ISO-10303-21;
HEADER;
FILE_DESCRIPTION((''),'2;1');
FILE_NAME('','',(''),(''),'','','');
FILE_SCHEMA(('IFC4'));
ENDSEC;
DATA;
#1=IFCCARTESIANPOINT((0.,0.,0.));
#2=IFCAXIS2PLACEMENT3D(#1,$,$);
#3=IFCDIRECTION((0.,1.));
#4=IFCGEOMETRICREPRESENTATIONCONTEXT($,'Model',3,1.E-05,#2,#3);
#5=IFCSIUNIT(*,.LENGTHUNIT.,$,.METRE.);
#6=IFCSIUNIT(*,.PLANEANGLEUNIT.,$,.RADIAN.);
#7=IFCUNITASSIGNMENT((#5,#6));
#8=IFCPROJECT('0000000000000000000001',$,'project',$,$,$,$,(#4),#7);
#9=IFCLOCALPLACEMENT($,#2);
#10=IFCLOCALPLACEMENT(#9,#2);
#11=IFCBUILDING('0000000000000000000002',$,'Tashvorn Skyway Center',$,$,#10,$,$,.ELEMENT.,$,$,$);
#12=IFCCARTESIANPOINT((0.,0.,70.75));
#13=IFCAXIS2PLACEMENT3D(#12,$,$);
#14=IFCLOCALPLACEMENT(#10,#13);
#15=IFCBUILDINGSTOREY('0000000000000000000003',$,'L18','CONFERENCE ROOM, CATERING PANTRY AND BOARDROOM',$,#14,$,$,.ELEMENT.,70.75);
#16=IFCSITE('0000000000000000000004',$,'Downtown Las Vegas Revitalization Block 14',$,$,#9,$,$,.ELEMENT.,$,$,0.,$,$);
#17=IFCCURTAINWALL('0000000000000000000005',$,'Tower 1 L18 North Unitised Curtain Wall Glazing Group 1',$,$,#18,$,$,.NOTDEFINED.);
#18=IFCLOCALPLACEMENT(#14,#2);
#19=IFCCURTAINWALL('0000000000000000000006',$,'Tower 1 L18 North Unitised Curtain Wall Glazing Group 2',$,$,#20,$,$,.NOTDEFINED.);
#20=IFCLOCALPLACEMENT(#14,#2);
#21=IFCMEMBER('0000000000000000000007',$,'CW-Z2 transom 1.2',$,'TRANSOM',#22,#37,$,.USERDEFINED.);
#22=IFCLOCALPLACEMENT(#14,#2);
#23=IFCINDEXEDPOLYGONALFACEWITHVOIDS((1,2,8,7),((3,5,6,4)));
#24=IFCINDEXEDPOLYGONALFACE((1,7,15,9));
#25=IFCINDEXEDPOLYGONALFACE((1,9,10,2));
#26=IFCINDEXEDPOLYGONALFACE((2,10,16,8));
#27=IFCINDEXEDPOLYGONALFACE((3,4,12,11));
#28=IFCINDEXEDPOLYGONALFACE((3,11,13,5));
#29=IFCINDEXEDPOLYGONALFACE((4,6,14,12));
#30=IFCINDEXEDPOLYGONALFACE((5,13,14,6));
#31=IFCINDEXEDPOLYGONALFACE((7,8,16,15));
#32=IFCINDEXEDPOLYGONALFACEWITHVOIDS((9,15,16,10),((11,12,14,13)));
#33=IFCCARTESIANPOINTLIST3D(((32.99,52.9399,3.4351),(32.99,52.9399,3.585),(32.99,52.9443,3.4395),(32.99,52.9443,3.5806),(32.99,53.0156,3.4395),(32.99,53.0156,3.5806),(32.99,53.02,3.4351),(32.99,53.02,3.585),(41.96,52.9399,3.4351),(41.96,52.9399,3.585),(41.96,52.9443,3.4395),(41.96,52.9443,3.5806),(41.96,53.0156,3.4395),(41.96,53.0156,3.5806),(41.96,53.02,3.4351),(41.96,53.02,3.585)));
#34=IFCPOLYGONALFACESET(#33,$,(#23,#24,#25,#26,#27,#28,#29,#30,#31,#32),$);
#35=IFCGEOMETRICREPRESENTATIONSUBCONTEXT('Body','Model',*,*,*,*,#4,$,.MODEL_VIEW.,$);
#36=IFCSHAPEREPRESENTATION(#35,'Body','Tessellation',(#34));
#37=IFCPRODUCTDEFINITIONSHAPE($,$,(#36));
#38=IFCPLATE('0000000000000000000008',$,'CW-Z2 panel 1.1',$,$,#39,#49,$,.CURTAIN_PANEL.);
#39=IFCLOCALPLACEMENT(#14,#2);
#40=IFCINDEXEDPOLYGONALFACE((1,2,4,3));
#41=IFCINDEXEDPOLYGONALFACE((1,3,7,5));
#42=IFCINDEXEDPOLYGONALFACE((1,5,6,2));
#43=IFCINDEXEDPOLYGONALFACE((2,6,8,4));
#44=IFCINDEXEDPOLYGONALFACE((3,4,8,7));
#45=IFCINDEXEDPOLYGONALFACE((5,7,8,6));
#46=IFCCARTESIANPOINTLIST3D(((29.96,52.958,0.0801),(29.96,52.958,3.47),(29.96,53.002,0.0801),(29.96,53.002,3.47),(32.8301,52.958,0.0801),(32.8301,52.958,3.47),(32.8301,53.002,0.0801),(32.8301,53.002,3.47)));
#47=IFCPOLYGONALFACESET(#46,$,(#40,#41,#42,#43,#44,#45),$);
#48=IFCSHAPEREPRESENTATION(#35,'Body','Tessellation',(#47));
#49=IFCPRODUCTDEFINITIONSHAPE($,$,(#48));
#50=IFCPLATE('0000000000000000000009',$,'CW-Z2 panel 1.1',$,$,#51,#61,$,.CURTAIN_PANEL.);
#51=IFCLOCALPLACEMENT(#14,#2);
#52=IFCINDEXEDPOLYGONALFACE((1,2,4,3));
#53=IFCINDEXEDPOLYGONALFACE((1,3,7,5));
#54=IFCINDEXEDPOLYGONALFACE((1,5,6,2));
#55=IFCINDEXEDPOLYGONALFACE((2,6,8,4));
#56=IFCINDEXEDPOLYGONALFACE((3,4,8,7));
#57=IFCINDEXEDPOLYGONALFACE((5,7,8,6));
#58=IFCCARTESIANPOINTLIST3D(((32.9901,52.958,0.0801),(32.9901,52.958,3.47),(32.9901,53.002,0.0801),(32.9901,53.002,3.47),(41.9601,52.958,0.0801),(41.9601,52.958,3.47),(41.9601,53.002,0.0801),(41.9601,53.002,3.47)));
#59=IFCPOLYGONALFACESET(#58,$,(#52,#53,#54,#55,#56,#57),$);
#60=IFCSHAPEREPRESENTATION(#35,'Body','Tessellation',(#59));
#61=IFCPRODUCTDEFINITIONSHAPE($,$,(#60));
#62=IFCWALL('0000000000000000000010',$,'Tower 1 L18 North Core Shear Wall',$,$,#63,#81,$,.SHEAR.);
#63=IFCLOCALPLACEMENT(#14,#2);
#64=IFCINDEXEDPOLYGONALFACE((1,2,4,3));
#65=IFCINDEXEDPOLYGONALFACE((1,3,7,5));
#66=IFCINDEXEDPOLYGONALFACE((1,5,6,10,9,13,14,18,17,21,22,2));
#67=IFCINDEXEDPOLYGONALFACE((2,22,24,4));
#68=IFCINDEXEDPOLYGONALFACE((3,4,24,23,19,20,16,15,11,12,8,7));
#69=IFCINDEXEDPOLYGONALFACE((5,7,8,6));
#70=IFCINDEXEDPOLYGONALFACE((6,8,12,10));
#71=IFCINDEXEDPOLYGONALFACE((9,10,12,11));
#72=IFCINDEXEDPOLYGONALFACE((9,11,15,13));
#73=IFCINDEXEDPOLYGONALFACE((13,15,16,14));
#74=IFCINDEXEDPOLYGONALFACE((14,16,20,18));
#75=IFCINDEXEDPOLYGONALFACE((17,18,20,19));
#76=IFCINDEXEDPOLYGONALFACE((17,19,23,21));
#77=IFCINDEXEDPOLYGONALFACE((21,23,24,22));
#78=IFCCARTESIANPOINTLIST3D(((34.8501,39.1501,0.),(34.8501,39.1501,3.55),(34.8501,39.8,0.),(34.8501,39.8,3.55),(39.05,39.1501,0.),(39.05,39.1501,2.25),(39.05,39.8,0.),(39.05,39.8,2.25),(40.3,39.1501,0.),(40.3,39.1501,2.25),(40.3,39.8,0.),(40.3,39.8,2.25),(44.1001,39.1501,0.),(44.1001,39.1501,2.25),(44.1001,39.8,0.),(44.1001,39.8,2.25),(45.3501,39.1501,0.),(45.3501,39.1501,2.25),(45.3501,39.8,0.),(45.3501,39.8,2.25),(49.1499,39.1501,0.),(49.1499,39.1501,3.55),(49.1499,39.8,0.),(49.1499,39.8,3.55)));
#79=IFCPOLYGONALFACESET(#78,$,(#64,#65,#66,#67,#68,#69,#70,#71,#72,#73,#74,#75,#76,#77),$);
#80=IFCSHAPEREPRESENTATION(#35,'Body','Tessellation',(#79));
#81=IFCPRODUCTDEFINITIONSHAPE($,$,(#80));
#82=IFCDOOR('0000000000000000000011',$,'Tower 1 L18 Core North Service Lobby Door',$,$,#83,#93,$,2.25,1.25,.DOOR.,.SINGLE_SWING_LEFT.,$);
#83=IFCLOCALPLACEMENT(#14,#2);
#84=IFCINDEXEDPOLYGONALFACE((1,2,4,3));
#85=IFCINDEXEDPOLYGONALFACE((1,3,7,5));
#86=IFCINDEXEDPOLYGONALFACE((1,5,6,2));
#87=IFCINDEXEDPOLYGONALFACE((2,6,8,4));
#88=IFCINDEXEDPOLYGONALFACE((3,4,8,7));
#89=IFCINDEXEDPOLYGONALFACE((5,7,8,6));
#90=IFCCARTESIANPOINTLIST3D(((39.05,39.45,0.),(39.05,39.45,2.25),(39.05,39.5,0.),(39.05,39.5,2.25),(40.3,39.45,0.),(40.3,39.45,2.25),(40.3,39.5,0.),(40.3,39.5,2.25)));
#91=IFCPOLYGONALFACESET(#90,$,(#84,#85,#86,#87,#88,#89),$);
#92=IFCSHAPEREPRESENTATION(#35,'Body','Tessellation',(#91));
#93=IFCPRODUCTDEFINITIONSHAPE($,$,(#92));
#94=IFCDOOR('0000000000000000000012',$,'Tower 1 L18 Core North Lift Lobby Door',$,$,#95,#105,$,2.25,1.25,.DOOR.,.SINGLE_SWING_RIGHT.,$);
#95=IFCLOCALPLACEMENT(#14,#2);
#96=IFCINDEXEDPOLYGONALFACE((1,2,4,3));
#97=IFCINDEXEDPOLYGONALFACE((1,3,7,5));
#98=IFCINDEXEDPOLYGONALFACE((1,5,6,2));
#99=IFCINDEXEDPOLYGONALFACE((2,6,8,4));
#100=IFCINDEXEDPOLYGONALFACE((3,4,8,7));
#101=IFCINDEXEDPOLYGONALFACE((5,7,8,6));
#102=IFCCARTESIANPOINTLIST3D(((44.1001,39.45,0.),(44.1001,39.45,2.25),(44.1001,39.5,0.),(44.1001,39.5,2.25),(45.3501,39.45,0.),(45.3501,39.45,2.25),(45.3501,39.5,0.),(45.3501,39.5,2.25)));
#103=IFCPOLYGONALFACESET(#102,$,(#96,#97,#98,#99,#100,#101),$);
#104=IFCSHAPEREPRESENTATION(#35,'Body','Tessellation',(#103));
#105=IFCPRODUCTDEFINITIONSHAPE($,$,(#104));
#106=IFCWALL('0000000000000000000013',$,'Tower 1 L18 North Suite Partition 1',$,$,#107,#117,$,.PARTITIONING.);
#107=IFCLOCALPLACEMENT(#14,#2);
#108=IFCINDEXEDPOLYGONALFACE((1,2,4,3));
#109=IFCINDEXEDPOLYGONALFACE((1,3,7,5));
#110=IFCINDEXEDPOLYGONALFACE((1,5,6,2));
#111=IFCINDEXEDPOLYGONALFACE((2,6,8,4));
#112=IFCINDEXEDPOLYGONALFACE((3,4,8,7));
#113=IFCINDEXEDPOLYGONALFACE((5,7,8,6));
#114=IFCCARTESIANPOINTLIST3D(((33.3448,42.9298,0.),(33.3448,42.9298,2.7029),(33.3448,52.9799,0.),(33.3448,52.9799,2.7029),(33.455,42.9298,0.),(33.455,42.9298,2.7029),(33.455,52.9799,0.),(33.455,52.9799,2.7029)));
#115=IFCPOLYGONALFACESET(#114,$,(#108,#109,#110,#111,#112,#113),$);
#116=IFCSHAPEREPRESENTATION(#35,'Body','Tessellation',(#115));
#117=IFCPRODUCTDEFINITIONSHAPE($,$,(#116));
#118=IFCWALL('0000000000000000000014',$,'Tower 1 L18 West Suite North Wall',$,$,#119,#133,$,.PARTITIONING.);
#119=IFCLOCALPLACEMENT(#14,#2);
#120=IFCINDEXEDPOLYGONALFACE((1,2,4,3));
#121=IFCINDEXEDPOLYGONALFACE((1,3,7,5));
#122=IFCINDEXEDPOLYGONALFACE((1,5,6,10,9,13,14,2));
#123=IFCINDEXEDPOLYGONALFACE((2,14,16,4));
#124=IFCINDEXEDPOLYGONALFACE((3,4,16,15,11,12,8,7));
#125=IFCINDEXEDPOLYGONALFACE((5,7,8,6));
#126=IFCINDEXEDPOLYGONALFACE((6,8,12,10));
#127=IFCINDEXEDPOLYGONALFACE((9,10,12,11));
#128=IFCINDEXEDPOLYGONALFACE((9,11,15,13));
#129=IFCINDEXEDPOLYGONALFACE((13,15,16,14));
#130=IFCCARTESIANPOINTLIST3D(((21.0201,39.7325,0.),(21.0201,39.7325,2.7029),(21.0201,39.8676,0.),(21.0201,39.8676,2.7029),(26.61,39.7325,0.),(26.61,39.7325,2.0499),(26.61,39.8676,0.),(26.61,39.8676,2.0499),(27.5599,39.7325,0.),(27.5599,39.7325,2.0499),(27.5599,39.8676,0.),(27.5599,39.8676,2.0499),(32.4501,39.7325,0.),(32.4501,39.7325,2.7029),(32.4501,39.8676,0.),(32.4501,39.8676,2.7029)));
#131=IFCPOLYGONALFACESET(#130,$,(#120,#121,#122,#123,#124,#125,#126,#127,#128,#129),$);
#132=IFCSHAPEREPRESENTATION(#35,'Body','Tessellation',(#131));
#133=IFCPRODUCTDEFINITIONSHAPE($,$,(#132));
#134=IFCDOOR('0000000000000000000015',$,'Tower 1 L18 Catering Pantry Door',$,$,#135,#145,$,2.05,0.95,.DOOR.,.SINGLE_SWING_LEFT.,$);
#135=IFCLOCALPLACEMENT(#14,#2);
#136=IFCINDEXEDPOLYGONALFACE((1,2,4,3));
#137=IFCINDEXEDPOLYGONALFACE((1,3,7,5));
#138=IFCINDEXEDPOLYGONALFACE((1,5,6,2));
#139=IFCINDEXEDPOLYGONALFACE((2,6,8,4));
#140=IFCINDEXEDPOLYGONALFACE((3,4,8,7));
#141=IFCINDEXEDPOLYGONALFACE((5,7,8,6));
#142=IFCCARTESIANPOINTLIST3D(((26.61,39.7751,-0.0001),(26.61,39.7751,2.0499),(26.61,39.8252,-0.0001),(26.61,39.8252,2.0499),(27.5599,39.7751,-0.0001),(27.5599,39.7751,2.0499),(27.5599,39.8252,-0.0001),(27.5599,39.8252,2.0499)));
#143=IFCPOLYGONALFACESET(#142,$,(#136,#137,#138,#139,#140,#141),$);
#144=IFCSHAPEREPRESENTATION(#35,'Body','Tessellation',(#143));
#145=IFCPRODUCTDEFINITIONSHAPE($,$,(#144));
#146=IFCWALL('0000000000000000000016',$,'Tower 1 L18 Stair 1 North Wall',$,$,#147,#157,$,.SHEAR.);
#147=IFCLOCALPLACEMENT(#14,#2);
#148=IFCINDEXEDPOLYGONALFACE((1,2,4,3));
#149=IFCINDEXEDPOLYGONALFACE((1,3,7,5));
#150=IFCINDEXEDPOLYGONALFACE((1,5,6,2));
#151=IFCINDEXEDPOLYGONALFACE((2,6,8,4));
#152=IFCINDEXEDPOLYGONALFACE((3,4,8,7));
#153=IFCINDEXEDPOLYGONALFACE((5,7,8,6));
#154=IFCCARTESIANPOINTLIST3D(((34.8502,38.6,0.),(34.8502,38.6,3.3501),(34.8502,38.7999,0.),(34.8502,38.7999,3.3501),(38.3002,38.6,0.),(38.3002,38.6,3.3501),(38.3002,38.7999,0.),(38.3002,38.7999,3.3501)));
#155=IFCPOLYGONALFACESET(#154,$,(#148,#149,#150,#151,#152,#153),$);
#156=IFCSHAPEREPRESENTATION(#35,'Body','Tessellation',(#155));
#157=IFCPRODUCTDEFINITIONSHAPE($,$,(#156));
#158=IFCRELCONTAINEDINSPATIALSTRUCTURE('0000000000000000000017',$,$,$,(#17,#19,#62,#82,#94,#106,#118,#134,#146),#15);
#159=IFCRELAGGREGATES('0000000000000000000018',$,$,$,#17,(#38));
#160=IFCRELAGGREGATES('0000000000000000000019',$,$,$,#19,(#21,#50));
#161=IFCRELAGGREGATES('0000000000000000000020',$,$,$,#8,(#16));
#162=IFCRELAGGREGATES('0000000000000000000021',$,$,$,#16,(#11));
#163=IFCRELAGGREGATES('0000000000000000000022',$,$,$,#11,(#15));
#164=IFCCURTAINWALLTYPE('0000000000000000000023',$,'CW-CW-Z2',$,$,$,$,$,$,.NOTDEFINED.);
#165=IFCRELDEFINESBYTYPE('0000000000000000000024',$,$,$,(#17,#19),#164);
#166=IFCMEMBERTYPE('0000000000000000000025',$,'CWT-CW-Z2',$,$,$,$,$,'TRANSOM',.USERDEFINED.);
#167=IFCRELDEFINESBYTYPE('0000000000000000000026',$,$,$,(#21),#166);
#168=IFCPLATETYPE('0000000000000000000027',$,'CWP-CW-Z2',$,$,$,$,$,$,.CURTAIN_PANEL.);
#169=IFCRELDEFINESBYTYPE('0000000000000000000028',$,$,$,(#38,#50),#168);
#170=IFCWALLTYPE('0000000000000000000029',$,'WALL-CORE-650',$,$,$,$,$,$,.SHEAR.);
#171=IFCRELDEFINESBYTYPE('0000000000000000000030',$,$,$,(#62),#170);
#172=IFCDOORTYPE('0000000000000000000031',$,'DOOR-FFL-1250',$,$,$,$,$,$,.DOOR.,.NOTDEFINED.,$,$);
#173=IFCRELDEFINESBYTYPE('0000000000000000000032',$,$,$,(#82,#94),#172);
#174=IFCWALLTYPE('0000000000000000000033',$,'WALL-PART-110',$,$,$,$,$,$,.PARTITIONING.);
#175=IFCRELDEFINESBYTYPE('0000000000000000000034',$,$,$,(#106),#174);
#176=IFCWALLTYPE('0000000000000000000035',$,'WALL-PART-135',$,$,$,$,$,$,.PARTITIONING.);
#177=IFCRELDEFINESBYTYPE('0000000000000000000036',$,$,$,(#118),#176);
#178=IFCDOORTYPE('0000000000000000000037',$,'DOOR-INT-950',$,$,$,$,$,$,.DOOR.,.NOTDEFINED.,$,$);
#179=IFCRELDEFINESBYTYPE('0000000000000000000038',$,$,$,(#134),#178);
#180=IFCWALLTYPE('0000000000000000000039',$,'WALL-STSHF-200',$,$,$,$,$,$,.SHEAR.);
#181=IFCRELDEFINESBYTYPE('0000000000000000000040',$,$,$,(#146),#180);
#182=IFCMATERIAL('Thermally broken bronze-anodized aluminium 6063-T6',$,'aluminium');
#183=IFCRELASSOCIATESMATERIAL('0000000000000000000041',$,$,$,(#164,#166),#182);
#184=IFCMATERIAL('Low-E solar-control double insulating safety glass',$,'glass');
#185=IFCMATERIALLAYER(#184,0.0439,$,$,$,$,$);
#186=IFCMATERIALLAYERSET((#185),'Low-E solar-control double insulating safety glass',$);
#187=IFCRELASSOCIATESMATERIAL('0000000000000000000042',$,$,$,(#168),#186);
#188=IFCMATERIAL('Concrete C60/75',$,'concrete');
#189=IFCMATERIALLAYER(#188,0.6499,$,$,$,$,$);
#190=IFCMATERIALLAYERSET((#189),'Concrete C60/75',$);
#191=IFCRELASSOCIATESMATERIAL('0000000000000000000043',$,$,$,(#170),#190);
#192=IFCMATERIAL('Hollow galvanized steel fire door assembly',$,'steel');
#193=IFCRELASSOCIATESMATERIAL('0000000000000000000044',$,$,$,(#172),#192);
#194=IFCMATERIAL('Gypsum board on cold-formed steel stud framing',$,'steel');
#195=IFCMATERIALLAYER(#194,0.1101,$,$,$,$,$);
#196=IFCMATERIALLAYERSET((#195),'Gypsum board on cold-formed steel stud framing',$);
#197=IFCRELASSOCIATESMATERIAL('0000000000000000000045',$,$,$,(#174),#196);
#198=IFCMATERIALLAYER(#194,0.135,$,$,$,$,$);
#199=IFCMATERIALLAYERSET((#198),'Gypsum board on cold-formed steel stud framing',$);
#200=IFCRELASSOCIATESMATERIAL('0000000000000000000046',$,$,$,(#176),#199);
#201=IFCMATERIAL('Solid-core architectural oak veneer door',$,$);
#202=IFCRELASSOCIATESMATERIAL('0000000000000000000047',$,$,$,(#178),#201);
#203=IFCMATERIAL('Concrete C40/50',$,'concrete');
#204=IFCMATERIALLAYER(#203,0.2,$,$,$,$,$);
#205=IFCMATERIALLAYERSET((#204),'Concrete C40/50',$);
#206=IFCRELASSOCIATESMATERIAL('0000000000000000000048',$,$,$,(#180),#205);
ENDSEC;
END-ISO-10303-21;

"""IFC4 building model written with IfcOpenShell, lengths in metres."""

from ifc_helpers import new_model, si_unit, direction, frame, frame_2d, origin, origin_2d, place, context, subcontext, project, spatial, rectangle, hollow_rectangle, extrude, material, layer, layer_set, material_profile, profile_set, type_object, element, fill, aggregate, save


model = new_model("IFC4")

# Units and contexts
model_context = context("Model", 3, precision=1e-05, world=origin(), true_north=direction((0.0, 1.0)))
body_context = subcontext(model_context, "Body", "Model", "MODEL_VIEW")
ifc_project = project(units=[si_unit("LENGTHUNIT", "METRE"), si_unit("PLANEANGLEUNIT", "RADIAN")], contexts=[model_context])

# Site, building, storey
site_placement = place(None, origin())
site = spatial("IfcSite", under=ifc_project, at=site_placement, Name="Downtown Las Vegas Revitalization Block 14", CompositionType="ELEMENT", RefElevation=0.0)
building_placement = place(site_placement, origin())
building = spatial("IfcBuilding", under=site, at=building_placement, Name="Tashvorn Skyway Center", CompositionType="ELEMENT")
storey_placement = place(building_placement, frame((0.0, 0.0, 70.75)))
storey = spatial("IfcBuildingStorey", under=building, at=storey_placement, Name="L18", Description="CONFERENCE ROOM, CATERING PANTRY AND BOARDROOM", CompositionType="ELEMENT", Elevation=70.75)

# Curtain walls
ifc_material_1 = material(Name="Thermally broken bronze-anodized aluminium 6063-T6", Category="aluminium")
curtain_wall_type = type_object("IfcCurtainWallType", Name="CW-CW-Z2", PredefinedType="NOTDEFINED", material=ifc_material_1)
curtain_wall_1_placement = place(storey_placement, origin())
curtain_wall_1 = element("IfcCurtainWall", 1, at=curtain_wall_1_placement, inside=storey, type_object=curtain_wall_type, Name="Tower 1 L18 North Unitised Curtain Wall Glazing Group 1", PredefinedType="NOTDEFINED")
curtain_wall_2_placement = place(storey_placement, origin())
curtain_wall_2 = element("IfcCurtainWall", 2, at=curtain_wall_2_placement, inside=storey, type_object=curtain_wall_type, Name="Tower 1 L18 North Unitised Curtain Wall Glazing Group 2", PredefinedType="NOTDEFINED")

# Member
ifc_material_profile_1 = material_profile(ifc_material_1, hollow_rectangle(XDim=0.0801, YDim=0.1499, WallThickness=0.0044, at=origin_2d()), Name="ALU-TRAN-80x150")
ifc_profile_set_1 = profile_set([ifc_material_profile_1], Name="Thermally broken bronze-anodized aluminium 6063-T6")
member_type_1 = type_object("IfcMemberType", Name="CWT-CW-Z2", ElementType="TRANSOM", PredefinedType="USERDEFINED", material=ifc_profile_set_1)
member_1_placement = place(storey_placement, frame((32.99, 52.98, 3.51), z_axis=(1.0, 0.0, 0.0), x_axis=(0.0, 1.0, 0.0)))
member_1 = element("IfcMember", 3, at=member_1_placement, type_object=member_type_1, Name="CW-Z2 transom 1.2", ObjectType="TRANSOM", PredefinedType="USERDEFINED", context=body_context, shape_type="SweptSolid", body=[
    extrude(hollow_rectangle(XDim=0.0801, YDim=0.1499, WallThickness=0.0044, at=origin_2d()), origin(), (0.0, 0.0, 1.0), 8.97),
])

# Plates
ifc_material_2 = material(Name="Low-E solar-control double insulating safety glass", Category="glass")
ifc_layer_1 = layer(ifc_material_2, 0.0439)
ifc_layer_set_1 = layer_set([ifc_layer_1], Name="Low-E solar-control double insulating safety glass")
plate_type = type_object("IfcPlateType", Name="CWP-CW-Z2", PredefinedType="CURTAIN_PANEL", material=ifc_layer_set_1)
plate_1_placement = place(storey_placement, frame((31.395, 52.98, 0.0801), z_axis=(0.0, 0.0, 1.0), x_axis=(1.0, 0.0, 0.0)))
plate_1 = element("IfcPlate", 4, at=plate_1_placement, type_object=plate_type, Name="CW-Z2 panel 1.1", PredefinedType="CURTAIN_PANEL", context=body_context, shape_type="SweptSolid", body=[
    extrude(rectangle(XDim=2.8701, YDim=0.0439, at=origin_2d()), origin(), (0.0, 0.0, 1.0), 3.3899),
])
aggregate(curtain_wall_1, [plate_1])
plate_2_placement = place(storey_placement, frame((37.4751, 52.98, 0.0801), z_axis=(0.0, 0.0, 1.0), x_axis=(1.0, 0.0, 0.0)))
plate_2 = element("IfcPlate", 5, at=plate_2_placement, type_object=plate_type, Name="CW-Z2 panel 1.1", PredefinedType="CURTAIN_PANEL", context=body_context, shape_type="SweptSolid", body=[
    extrude(rectangle(XDim=8.97, YDim=0.0439, at=origin_2d()), origin(), (0.0, 0.0, 1.0), 3.3899),
])
aggregate(curtain_wall_2, [member_1, plate_2])

# Wall, openings, doors
ifc_material_3 = material(Name="Concrete C60/75", Category="concrete")
ifc_layer_2 = layer(ifc_material_3, 0.6499)
ifc_layer_set_2 = layer_set([ifc_layer_2], Name="Concrete C60/75")
wall_type_1 = type_object("IfcWallType", Name="WALL-CORE-650", PredefinedType="SHEAR", material=ifc_layer_set_2)
wall_1_placement = place(storey_placement, frame((34.8501, 39.4751, 0.0), z_axis=(0.0, 0.0, 1.0), x_axis=(1.0, 0.0, 0.0)))
wall_1 = element("IfcWall", 6, at=wall_1_placement, inside=storey, type_object=wall_type_1, Name="Tower 1 L18 North Core Shear Wall", PredefinedType="SHEAR", context=body_context, shape_type="SweptSolid", body=[
    extrude(rectangle(XDim=14.2998, YDim=0.6499, at=frame_2d((7.1499, 0.0))), origin(), (0.0, 0.0, 1.0), 3.55),
])
opening_1_placement = place(wall_1_placement, frame((4.2, 0.0, 0.0)))
opening_1 = element("IfcOpeningElement", 7, at=opening_1_placement, cuts=wall_1, PredefinedType="OPENING", context=body_context, shape_type="SweptSolid", body=[
    extrude(rectangle(XDim=1.25, YDim=2.25, at=frame_2d((0.625, 1.125))), frame((0.0, 0.335, 0.0), z_axis=(0.0, -1.0, 0.0), x_axis=(1.0, 0.0, 0.0)), (0.0, 0.0, 1.0), 0.6699),
])
opening_2_placement = place(wall_1_placement, frame((9.25, 0.0, 0.0)))
opening_2 = element("IfcOpeningElement", 8, at=opening_2_placement, cuts=wall_1, PredefinedType="OPENING", context=body_context, shape_type="SweptSolid", body=[
    extrude(rectangle(XDim=1.25, YDim=2.25, at=frame_2d((0.625, 1.125))), frame((0.0, 0.335, 0.0), z_axis=(0.0, -1.0, 0.0), x_axis=(1.0, 0.0, 0.0)), (0.0, 0.0, 1.0), 0.6699),
])
ifc_material_4 = material(Name="Hollow galvanized steel fire door assembly", Category="steel")
door_type_1 = type_object("IfcDoorType", Name="DOOR-FFL-1250", OperationType="NOTDEFINED", PredefinedType="DOOR", material=ifc_material_4)
door_1_placement = place(opening_1_placement, origin())
door_1 = element("IfcDoor", 9, at=door_1_placement, inside=storey, type_object=door_type_1, Name="Tower 1 L18 Core North Service Lobby Door", OperationType="SINGLE_SWING_LEFT", OverallHeight=2.25, OverallWidth=1.25, PredefinedType="DOOR", context=body_context, shape_type="SweptSolid", body=[
    extrude(rectangle(XDim=1.25, YDim=2.25, at=frame_2d((0.625, 1.125))), frame((0.0, 0.0249, 0.0), z_axis=(0.0, -1.0, 0.0), x_axis=(1.0, 0.0, 0.0)), (0.0, 0.0, 1.0), 0.05),
])
fill(opening_1, door_1)
door_2_placement = place(opening_2_placement, origin())
door_2 = element("IfcDoor", 10, at=door_2_placement, inside=storey, type_object=door_type_1, Name="Tower 1 L18 Core North Lift Lobby Door", OperationType="SINGLE_SWING_RIGHT", OverallHeight=2.25, OverallWidth=1.25, PredefinedType="DOOR", context=body_context, shape_type="SweptSolid", body=[
    extrude(rectangle(XDim=1.25, YDim=2.25, at=frame_2d((0.625, 1.125))), frame((0.0, 0.0249, 0.0), z_axis=(0.0, -1.0, 0.0), x_axis=(1.0, 0.0, 0.0)), (0.0, 0.0, 1.0), 0.05),
])
fill(opening_2, door_2)

# Wall
ifc_material_5 = material(Name="Gypsum board on cold-formed steel stud framing", Category="steel")
ifc_layer_3 = layer(ifc_material_5, 0.1101)
ifc_layer_set_3 = layer_set([ifc_layer_3], Name="Gypsum board on cold-formed steel stud framing")
wall_type_2 = type_object("IfcWallType", Name="WALL-PART-110", PredefinedType="PARTITIONING", material=ifc_layer_set_3)
wall_2_placement = place(storey_placement, frame((33.3999, 42.9299, 0.0), z_axis=(0.0, 0.0, 1.0), x_axis=(0.0, 1.0, 0.0)))
element("IfcWall", 11, at=wall_2_placement, inside=storey, type_object=wall_type_2, Name="Tower 1 L18 North Suite Partition 1", PredefinedType="PARTITIONING", context=body_context, shape_type="SweptSolid", body=[
    extrude(rectangle(XDim=10.05, YDim=0.1101, at=frame_2d((5.0249, 0.0))), origin(), (0.0, 0.0, 1.0), 2.7029),
])

# Wall, opening, door
ifc_layer_4 = layer(ifc_material_5, 0.135)
ifc_layer_set_4 = layer_set([ifc_layer_4], Name="Gypsum board on cold-formed steel stud framing")
wall_type_3 = type_object("IfcWallType", Name="WALL-PART-135", PredefinedType="PARTITIONING", material=ifc_layer_set_4)
wall_3_placement = place(storey_placement, frame((32.45, 39.8, 0.0), z_axis=(0.0, 0.0, 1.0), x_axis=(-1.0, 0.0, 0.0)))
wall_3 = element("IfcWall", 12, at=wall_3_placement, inside=storey, type_object=wall_type_3, Name="Tower 1 L18 West Suite North Wall", PredefinedType="PARTITIONING", context=body_context, shape_type="SweptSolid", body=[
    extrude(rectangle(XDim=11.4299, YDim=0.135, at=frame_2d((5.7148, 0.0))), origin(), (0.0, 0.0, 1.0), 2.7029),
])
opening_3_placement = place(wall_3_placement, frame((4.8899, 0.0, 0.0)))
opening_3 = element("IfcOpeningElement", 13, at=opening_3_placement, cuts=wall_3, PredefinedType="OPENING", context=body_context, shape_type="SweptSolid", body=[
    extrude(rectangle(XDim=0.95, YDim=2.05, at=frame_2d((0.4751, 1.0249))), frame((0.0, 0.0774, 0.0), z_axis=(0.0, -1.0, 0.0), x_axis=(1.0, 0.0, 0.0)), (0.0, 0.0, 1.0), 0.155),
])
ifc_material_6 = material(Name="Solid-core architectural oak veneer door")
door_type_2 = type_object("IfcDoorType", Name="DOOR-INT-950", OperationType="NOTDEFINED", PredefinedType="DOOR", material=ifc_material_6)
door_3_placement = place(opening_3_placement, origin())
door_3 = element("IfcDoor", 14, at=door_3_placement, inside=storey, type_object=door_type_2, Name="Tower 1 L18 Catering Pantry Door", OperationType="SINGLE_SWING_LEFT", OverallHeight=2.05, OverallWidth=0.95, PredefinedType="DOOR", context=body_context, shape_type="SweptSolid", body=[
    extrude(rectangle(XDim=0.95, YDim=2.05, at=frame_2d((0.4751, 1.0249))), frame((0.0, 0.0249, 0.0), z_axis=(0.0, -1.0, 0.0), x_axis=(1.0, 0.0, 0.0)), (0.0, 0.0, 1.0), 0.05),
])
fill(opening_3, door_3)

# Wall
ifc_material_7 = material(Name="Concrete C40/50", Category="concrete")
ifc_layer_5 = layer(ifc_material_7, 0.2)
ifc_layer_set_5 = layer_set([ifc_layer_5], Name="Concrete C40/50")
wall_type_4 = type_object("IfcWallType", Name="WALL-STSHF-200", PredefinedType="SHEAR", material=ifc_layer_set_5)
wall_4_placement = place(storey_placement, frame((34.8501, 38.7, 0.0), z_axis=(0.0, 0.0, 1.0), x_axis=(1.0, 0.0, 0.0)))
element("IfcWall", 15, at=wall_4_placement, inside=storey, type_object=wall_type_4, Name="Tower 1 L18 Stair 1 North Wall", PredefinedType="SHEAR", context=body_context, shape_type="SweptSolid", body=[
    extrude(rectangle(XDim=3.45, YDim=0.2, at=frame_2d((1.7251, 0.0))), origin(), (0.0, 0.0, 1.0), 3.3501),
])

save(model, "model.ifc")
